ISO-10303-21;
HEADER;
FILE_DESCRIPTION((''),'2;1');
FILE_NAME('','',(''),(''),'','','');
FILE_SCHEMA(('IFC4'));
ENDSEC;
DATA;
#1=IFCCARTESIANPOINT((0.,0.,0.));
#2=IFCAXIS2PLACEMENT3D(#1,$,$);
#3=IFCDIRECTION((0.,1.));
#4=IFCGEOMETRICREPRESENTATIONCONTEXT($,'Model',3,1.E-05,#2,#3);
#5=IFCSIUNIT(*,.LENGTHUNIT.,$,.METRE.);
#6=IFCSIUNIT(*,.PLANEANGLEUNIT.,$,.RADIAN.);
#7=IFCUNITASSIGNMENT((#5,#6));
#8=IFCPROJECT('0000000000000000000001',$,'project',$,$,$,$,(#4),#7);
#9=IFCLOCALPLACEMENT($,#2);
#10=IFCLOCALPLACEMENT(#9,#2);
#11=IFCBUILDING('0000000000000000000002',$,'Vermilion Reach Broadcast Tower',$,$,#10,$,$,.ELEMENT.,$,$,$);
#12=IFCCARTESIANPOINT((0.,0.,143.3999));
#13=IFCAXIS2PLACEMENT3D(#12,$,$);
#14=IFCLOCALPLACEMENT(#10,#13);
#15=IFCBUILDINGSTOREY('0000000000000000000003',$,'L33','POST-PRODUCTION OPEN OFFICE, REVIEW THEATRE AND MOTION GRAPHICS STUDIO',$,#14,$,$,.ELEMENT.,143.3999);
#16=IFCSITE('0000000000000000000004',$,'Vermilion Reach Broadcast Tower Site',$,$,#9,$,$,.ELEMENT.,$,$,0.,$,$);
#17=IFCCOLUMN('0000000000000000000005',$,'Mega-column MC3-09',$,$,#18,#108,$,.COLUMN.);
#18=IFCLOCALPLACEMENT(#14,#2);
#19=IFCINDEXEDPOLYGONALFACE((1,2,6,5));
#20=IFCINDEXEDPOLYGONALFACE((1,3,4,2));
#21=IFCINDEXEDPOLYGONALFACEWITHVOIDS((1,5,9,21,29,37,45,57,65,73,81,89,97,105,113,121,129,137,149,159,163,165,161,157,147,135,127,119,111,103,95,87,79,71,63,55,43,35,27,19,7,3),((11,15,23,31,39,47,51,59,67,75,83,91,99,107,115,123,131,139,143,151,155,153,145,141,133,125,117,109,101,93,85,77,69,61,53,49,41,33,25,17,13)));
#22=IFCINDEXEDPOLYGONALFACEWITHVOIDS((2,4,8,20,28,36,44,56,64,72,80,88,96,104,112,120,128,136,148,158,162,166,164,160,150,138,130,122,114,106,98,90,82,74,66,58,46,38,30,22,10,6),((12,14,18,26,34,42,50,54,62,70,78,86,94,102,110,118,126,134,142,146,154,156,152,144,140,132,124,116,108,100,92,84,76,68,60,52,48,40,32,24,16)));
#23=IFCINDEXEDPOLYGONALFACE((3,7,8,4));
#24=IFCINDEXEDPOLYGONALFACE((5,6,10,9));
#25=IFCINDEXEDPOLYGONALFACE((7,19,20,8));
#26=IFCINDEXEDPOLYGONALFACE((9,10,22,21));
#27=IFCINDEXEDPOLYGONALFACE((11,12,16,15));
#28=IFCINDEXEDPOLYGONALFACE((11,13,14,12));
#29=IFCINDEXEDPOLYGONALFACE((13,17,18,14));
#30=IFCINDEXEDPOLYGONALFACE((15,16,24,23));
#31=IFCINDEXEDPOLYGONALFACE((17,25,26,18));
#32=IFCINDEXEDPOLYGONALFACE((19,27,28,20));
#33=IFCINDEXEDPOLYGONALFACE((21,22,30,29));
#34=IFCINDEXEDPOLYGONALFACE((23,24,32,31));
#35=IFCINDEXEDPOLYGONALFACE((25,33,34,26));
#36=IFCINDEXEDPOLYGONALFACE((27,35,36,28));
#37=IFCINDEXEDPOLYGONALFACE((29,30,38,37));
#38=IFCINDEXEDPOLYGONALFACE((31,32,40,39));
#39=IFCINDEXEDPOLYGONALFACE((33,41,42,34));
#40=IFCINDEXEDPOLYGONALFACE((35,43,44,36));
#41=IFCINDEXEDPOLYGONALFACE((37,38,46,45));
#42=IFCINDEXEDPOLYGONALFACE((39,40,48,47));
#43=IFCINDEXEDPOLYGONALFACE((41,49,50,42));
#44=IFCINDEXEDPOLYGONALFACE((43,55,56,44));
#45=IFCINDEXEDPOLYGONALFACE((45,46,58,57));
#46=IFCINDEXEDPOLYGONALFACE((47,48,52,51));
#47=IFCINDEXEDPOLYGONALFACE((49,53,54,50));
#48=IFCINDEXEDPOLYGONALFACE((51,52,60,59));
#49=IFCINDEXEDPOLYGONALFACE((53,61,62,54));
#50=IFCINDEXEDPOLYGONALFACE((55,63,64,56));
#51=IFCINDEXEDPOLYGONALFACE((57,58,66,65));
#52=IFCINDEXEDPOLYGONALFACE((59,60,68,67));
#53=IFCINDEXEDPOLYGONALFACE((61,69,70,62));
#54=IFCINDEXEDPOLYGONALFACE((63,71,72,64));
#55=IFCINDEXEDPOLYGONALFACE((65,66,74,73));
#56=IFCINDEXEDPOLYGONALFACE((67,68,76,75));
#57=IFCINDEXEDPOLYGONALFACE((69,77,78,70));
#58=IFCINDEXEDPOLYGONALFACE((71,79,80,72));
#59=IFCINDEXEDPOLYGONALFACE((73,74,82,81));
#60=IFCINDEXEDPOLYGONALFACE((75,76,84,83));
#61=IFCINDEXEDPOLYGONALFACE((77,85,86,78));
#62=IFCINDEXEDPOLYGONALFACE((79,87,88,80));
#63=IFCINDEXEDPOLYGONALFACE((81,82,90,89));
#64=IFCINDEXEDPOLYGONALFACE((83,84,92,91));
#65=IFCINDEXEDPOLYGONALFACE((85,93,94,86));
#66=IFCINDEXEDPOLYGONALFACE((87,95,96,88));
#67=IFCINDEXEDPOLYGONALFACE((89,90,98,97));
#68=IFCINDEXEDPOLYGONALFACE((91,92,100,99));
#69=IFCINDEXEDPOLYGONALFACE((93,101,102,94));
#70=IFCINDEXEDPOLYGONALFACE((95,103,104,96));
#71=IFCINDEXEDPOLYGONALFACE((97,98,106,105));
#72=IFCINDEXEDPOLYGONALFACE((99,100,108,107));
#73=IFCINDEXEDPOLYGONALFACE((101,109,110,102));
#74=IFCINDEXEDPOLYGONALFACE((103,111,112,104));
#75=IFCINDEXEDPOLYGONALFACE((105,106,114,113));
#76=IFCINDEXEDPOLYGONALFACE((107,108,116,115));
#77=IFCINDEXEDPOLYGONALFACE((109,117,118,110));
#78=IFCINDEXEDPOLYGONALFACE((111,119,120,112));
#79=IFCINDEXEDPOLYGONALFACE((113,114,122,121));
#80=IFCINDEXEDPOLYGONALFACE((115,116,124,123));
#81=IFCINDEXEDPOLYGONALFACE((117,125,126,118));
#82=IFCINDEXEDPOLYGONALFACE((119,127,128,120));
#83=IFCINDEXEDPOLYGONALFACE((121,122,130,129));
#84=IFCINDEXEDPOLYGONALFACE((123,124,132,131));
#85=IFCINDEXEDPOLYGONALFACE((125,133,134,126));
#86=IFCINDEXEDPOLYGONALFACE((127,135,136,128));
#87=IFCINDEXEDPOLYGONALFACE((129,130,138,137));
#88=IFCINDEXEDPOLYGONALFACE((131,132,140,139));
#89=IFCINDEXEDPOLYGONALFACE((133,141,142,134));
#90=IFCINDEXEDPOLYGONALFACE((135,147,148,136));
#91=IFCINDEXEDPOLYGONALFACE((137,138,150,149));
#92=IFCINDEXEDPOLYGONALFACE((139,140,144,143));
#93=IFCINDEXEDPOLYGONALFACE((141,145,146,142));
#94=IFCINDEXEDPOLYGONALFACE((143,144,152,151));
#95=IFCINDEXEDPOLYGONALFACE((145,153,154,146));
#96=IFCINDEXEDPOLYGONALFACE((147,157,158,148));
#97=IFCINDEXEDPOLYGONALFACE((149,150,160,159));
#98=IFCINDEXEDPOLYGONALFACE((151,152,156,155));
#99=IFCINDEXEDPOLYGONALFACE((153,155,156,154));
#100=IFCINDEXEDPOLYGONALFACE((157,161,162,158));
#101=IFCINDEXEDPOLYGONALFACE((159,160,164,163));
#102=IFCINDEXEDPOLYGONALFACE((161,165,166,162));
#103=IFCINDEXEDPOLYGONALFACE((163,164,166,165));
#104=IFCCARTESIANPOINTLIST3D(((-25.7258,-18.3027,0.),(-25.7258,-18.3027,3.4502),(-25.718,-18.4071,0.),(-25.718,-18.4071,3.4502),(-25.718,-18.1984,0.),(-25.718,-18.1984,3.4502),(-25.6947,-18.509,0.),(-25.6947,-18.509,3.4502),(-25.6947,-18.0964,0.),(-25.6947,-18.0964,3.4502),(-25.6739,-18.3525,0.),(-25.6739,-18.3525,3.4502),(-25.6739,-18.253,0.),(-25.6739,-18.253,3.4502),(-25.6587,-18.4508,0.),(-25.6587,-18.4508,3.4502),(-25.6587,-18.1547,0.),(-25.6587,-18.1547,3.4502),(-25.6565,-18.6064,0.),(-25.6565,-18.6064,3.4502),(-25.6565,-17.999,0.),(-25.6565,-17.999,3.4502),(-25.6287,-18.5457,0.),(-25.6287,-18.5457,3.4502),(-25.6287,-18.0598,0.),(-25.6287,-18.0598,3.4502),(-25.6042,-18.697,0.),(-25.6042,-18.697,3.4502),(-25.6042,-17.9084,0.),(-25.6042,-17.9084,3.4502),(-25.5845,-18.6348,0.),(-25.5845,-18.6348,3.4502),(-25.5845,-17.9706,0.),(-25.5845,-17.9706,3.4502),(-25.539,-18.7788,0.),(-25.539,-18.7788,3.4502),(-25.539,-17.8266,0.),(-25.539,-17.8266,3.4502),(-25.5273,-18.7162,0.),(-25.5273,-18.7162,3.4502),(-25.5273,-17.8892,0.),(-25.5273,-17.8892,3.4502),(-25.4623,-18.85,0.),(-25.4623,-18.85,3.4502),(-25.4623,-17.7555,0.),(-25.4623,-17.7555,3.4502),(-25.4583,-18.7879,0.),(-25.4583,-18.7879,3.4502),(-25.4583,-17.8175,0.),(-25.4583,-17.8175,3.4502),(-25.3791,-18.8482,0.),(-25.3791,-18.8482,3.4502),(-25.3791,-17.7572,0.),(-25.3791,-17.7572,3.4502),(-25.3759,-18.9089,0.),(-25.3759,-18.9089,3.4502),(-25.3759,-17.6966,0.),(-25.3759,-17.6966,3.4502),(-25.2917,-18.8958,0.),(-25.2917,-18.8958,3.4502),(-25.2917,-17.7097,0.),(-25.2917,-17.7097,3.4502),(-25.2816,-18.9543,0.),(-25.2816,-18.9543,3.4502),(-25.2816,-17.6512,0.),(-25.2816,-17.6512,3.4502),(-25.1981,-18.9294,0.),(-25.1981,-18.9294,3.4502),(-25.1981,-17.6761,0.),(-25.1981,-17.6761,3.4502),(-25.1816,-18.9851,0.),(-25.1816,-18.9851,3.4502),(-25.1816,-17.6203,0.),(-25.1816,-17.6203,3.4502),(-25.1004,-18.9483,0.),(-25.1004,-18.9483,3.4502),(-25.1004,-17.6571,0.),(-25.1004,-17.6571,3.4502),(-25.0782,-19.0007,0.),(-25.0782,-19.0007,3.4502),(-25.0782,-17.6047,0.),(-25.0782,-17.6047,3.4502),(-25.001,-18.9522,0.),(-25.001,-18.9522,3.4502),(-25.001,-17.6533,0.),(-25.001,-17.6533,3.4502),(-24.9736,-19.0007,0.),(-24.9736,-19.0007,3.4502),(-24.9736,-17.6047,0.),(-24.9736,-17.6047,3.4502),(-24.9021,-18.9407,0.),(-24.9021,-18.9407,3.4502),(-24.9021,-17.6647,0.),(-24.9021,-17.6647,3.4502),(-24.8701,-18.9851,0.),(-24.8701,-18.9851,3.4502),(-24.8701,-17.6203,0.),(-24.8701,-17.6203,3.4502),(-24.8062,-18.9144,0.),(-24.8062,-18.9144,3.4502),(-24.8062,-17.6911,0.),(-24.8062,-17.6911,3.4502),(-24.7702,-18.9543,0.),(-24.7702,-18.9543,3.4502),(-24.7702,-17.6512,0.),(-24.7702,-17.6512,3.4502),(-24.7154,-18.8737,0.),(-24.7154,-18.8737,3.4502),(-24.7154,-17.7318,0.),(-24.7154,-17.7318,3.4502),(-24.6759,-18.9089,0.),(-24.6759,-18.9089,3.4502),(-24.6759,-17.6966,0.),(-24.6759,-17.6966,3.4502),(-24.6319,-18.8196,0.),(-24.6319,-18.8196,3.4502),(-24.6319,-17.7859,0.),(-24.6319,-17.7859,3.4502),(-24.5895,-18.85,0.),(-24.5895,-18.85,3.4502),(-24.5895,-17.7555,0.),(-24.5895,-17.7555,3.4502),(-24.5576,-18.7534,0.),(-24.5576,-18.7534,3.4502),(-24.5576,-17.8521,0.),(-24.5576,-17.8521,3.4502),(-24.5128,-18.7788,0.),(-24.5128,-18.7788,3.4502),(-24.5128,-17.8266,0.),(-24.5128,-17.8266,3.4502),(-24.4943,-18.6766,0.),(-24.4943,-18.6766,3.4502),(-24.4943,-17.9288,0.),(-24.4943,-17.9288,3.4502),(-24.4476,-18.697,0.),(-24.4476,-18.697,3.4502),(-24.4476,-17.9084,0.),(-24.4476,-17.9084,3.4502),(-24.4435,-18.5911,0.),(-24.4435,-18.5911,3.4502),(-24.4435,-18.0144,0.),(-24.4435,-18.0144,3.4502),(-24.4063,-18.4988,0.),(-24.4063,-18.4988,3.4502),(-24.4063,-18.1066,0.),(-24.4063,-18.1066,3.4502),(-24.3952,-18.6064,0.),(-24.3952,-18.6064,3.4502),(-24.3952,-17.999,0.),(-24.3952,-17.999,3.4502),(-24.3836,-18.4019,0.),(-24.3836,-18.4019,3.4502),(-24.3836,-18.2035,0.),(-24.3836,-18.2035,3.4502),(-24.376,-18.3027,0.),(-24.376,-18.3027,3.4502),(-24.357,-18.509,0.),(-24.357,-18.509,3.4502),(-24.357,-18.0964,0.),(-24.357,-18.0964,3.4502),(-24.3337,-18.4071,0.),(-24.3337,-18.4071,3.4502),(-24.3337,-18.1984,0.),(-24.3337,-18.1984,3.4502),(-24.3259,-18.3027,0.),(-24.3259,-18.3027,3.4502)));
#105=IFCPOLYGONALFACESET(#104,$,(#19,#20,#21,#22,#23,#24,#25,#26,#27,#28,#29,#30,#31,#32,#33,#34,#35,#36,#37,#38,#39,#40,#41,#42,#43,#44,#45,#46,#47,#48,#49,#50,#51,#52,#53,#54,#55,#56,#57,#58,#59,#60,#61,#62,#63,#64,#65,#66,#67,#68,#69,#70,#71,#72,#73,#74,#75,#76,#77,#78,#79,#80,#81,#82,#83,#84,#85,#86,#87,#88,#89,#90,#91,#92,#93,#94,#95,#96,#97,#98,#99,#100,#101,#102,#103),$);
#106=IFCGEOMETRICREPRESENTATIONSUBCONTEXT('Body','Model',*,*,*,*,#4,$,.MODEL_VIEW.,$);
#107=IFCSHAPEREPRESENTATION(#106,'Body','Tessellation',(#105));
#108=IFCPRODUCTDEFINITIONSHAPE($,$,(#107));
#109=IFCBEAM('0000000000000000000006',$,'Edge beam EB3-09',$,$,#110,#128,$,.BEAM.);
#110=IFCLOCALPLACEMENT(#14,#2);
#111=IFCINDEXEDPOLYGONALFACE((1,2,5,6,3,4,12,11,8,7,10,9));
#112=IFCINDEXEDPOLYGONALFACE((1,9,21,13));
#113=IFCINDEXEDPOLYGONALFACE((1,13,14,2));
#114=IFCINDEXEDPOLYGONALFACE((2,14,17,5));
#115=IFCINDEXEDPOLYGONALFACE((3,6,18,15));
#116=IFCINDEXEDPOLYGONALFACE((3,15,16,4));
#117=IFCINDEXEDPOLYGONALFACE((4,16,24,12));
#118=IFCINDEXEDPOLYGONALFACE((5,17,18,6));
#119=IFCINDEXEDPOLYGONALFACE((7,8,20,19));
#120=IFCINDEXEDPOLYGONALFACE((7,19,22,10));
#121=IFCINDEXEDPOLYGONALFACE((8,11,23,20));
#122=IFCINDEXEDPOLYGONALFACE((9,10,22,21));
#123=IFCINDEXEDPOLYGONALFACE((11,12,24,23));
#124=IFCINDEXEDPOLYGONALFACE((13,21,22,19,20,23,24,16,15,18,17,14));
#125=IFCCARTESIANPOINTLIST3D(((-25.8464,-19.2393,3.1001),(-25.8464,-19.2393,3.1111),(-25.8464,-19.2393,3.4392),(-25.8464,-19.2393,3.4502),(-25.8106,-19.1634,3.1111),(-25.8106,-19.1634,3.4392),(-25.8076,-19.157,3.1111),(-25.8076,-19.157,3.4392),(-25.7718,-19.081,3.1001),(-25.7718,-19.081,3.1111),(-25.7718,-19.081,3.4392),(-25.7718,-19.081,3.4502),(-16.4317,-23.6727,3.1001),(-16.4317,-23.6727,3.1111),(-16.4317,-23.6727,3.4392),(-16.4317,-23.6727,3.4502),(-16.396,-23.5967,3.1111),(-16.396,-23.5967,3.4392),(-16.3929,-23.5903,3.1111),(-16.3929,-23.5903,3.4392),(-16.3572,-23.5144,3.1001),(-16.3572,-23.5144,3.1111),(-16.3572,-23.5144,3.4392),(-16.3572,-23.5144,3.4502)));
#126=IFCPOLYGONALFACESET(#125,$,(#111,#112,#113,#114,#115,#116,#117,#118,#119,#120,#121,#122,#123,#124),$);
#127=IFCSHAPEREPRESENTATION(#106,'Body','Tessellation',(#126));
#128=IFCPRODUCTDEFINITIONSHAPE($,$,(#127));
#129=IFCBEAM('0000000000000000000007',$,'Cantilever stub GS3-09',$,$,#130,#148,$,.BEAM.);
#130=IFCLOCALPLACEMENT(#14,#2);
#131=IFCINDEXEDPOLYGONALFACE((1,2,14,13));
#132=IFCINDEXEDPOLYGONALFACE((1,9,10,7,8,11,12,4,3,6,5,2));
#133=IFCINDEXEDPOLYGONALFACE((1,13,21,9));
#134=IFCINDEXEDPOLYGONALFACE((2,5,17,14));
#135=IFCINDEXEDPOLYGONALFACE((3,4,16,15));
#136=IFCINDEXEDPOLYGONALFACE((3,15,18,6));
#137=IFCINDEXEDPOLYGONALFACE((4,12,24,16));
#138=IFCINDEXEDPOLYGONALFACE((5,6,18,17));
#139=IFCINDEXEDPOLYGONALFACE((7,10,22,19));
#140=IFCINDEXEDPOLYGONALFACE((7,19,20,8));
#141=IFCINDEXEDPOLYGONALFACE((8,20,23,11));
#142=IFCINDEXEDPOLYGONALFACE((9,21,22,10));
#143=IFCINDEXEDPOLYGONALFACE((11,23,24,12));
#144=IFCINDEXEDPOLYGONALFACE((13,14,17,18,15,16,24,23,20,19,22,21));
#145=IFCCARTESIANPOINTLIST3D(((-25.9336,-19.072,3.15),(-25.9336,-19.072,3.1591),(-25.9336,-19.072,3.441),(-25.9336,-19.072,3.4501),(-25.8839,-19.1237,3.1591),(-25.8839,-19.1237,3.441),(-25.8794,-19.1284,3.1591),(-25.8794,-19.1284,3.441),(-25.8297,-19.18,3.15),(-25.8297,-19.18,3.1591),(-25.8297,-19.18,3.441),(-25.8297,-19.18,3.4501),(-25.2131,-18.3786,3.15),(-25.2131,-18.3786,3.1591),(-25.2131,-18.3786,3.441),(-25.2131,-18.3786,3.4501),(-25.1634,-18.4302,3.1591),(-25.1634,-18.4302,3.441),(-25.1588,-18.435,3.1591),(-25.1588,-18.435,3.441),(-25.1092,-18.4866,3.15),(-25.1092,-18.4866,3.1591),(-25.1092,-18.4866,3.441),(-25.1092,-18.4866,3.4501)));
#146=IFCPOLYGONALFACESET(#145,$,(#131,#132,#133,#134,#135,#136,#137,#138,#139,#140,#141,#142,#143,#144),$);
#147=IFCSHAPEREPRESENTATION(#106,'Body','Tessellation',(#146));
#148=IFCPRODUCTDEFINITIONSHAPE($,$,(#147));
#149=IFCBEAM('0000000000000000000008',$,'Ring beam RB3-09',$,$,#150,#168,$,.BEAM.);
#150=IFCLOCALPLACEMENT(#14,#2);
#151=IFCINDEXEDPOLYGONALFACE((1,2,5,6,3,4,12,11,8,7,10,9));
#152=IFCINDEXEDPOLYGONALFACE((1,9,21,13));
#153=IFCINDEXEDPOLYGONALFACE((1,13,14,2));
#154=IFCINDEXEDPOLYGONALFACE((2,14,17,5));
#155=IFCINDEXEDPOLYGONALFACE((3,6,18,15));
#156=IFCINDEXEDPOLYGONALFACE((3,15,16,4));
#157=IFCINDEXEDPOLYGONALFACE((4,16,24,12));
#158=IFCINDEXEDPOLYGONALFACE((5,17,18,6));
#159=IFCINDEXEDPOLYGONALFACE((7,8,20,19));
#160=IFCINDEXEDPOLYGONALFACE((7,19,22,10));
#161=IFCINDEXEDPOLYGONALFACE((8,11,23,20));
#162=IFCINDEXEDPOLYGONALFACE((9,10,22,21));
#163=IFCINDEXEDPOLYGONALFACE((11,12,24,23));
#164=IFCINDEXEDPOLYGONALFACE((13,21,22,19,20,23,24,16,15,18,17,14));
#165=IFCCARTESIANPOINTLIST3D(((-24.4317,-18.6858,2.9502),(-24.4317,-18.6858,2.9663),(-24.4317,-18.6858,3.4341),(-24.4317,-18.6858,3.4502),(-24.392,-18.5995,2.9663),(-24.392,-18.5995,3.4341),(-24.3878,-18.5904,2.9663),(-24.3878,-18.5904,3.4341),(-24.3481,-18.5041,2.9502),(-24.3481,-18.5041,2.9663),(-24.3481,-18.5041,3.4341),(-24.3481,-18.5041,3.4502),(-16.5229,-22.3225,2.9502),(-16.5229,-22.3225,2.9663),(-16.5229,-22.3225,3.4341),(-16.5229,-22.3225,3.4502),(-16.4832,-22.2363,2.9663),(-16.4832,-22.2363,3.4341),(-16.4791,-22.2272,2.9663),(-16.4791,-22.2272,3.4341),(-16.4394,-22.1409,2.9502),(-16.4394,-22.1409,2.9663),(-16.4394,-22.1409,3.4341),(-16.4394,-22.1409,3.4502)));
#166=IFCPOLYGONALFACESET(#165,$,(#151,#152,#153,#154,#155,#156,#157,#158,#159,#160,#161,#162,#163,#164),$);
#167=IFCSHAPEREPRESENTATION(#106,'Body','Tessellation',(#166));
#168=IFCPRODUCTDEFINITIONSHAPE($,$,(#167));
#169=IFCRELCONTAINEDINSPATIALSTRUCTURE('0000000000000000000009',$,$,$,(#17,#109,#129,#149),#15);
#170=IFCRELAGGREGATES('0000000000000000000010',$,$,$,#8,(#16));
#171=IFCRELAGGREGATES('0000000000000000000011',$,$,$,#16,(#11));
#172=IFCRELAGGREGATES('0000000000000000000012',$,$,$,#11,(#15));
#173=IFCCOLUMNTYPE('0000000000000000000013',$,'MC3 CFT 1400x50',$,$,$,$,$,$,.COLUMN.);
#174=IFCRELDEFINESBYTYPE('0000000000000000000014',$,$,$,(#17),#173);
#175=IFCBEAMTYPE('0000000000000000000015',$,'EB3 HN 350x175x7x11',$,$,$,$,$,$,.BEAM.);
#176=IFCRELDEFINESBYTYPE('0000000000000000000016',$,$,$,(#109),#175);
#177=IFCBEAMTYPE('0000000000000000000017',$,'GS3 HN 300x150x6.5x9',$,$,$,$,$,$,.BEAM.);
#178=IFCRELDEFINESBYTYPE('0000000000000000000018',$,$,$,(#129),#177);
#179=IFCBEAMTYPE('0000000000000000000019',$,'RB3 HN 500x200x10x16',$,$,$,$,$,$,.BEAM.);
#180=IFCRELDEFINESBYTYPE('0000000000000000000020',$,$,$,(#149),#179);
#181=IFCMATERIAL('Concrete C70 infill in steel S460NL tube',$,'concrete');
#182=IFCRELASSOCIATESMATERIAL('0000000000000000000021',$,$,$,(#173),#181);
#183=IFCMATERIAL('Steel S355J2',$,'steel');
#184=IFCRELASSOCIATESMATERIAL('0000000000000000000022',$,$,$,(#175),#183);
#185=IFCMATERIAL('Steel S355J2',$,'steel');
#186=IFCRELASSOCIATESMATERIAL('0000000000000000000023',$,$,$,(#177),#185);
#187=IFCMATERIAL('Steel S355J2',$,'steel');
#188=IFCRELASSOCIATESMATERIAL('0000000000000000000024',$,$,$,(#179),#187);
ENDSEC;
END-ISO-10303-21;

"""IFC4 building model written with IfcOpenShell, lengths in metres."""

from ifc_helpers import new_model, si_unit, direction, frame, origin, origin_2d, place, context, subcontext, project, spatial, hollow_circle, i_section, extrude, material, material_profile, profile_set, type_object, element, save


model = new_model("IFC4")

# Units and contexts
model_context = context("Model", 3, precision=1e-05, world=origin(), true_north=direction((0.0, 1.0)))
body_context = subcontext(model_context, "Body", "Model", "MODEL_VIEW")
ifc_project = project(units=[si_unit("LENGTHUNIT", "METRE"), si_unit("PLANEANGLEUNIT", "RADIAN")], contexts=[model_context])

# Site, building, storey
site_placement = place(None, origin())
site = spatial("IfcSite", under=ifc_project, at=site_placement, Name="Vermilion Reach Broadcast Tower Site", CompositionType="ELEMENT", RefElevation=0.0)
building_placement = place(site_placement, origin())
building = spatial("IfcBuilding", under=site, at=building_placement, Name="Vermilion Reach Broadcast Tower", CompositionType="ELEMENT")
storey_placement = place(building_placement, frame((0.0, 0.0, 143.3999)))
storey = spatial("IfcBuildingStorey", under=building, at=storey_placement, Name="L33", Description="POST-PRODUCTION OPEN OFFICE, REVIEW THEATRE AND MOTION GRAPHICS STUDIO", CompositionType="ELEMENT", Elevation=143.3999)

# Column
ifc_material_1 = material(Name="Concrete C70 infill in steel S460NL tube", Category="concrete")
ifc_material_profile_1 = material_profile(ifc_material_1, hollow_circle(Radius=0.7, WallThickness=0.05, at=origin_2d()), Name="Concrete C70 infill in steel S460NL tube CFT 1400x50")
ifc_profile_set_1 = profile_set([ifc_material_profile_1], Name="Concrete C70 infill in steel S460NL tube")
column_type = type_object("IfcColumnType", Name="MC3 CFT 1400x50", PredefinedType="COLUMN", material=ifc_profile_set_1)
column_placement = place(storey_placement, frame((-25.0259, -18.3027, 0.0), z_axis=(0.0, 0.0, 1.0), x_axis=(1.0, 0.0, 0.0)))
element("IfcColumn", 1, at=column_placement, inside=storey, type_object=column_type, Name="Mega-column MC3-09", PredefinedType="COLUMN", context=body_context, shape_type="SweptSolid", body=[
    extrude(hollow_circle(Radius=0.7, WallThickness=0.05, at=origin_2d()), origin(), (0.0, 0.0, 1.0), 3.4502),
])

# Beams
ifc_material_2 = material(Name="Steel S355J2", Category="steel")
ifc_material_profile_2 = material_profile(ifc_material_2, i_section(OverallWidth=0.175, OverallDepth=0.3501, WebThickness=0.0071, FlangeThickness=0.011, at=origin_2d()), Name="S355J2 HN 350x175x7x11")
ifc_profile_set_2 = profile_set([ifc_material_profile_2], Name="Steel S355J2")
beam_type_1 = type_object("IfcBeamType", Name="EB3 HN 350x175x7x11", PredefinedType="BEAM", material=ifc_profile_set_2)
beam_1_placement = place(storey_placement, frame((-25.8091, -19.1602, 3.2751), z_axis=(0.904709, -0.426031, 0.0), x_axis=(0.426031, 0.904709, 0.0)))
element("IfcBeam", 2, at=beam_1_placement, inside=storey, type_object=beam_type_1, Name="Edge beam EB3-09", PredefinedType="BEAM", context=body_context, shape_type="SweptSolid", body=[
    extrude(i_section(OverallWidth=0.175, OverallDepth=0.3501, WebThickness=0.0071, FlangeThickness=0.011, at=origin_2d()), origin(), (0.0, 0.0, 1.0), 10.4062),
])
ifc_material_3 = material(Name="Steel S355J2", Category="steel")
ifc_material_profile_3 = material_profile(ifc_material_3, i_section(OverallWidth=0.1499, OverallDepth=0.3, WebThickness=0.0066, FlangeThickness=0.009, at=origin_2d()), Name="S355J2 HN 300x150x6.5x9")
ifc_profile_set_3 = profile_set([ifc_material_profile_3], Name="Steel S355J2")
beam_type_2 = type_object("IfcBeamType", Name="GS3 HN 300x150x6.5x9", PredefinedType="BEAM", material=ifc_profile_set_3)
beam_2_placement = place(storey_placement, frame((-25.1611, -18.4326, 3.3), z_axis=(-0.720528, -0.693426, 0.0), x_axis=(0.693426, -0.720528, 0.0)))
element("IfcBeam", 3, at=beam_2_placement, inside=storey, type_object=beam_type_2, Name="Cantilever stub GS3-09", PredefinedType="BEAM", context=body_context, shape_type="SweptSolid", body=[
    extrude(i_section(OverallWidth=0.1499, OverallDepth=0.3, WebThickness=0.0066, FlangeThickness=0.009, at=origin_2d()), origin(), (0.0, 0.0, 1.0), 1.0),
])
ifc_material_4 = material(Name="Steel S355J2", Category="steel")
ifc_material_profile_4 = material_profile(ifc_material_4, i_section(OverallWidth=0.2, OverallDepth=0.5, WebThickness=0.01, FlangeThickness=0.0161, at=origin_2d()), Name="S355J2 HN 500x200x10x16")
ifc_profile_set_4 = profile_set([ifc_material_profile_4], Name="Steel S355J2")
beam_type_3 = type_object("IfcBeamType", Name="RB3 HN 500x200x10x16", PredefinedType="BEAM", material=ifc_profile_set_4)
beam_3_placement = place(storey_placement, frame((-24.3899, -18.595, 3.2002), z_axis=(0.908546, -0.417784, 0.0), x_axis=(0.417784, 0.908546, 0.0)))
element("IfcBeam", 4, at=beam_3_placement, inside=storey, type_object=beam_type_3, Name="Ring beam RB3-09", PredefinedType="BEAM", context=body_context, shape_type="SweptSolid", body=[
    extrude(i_section(OverallWidth=0.2, OverallDepth=0.5, WebThickness=0.01, FlangeThickness=0.0161, at=origin_2d()), origin(), (0.0, 0.0, 1.0), 8.7048),
])

save(model, "model.ifc")
